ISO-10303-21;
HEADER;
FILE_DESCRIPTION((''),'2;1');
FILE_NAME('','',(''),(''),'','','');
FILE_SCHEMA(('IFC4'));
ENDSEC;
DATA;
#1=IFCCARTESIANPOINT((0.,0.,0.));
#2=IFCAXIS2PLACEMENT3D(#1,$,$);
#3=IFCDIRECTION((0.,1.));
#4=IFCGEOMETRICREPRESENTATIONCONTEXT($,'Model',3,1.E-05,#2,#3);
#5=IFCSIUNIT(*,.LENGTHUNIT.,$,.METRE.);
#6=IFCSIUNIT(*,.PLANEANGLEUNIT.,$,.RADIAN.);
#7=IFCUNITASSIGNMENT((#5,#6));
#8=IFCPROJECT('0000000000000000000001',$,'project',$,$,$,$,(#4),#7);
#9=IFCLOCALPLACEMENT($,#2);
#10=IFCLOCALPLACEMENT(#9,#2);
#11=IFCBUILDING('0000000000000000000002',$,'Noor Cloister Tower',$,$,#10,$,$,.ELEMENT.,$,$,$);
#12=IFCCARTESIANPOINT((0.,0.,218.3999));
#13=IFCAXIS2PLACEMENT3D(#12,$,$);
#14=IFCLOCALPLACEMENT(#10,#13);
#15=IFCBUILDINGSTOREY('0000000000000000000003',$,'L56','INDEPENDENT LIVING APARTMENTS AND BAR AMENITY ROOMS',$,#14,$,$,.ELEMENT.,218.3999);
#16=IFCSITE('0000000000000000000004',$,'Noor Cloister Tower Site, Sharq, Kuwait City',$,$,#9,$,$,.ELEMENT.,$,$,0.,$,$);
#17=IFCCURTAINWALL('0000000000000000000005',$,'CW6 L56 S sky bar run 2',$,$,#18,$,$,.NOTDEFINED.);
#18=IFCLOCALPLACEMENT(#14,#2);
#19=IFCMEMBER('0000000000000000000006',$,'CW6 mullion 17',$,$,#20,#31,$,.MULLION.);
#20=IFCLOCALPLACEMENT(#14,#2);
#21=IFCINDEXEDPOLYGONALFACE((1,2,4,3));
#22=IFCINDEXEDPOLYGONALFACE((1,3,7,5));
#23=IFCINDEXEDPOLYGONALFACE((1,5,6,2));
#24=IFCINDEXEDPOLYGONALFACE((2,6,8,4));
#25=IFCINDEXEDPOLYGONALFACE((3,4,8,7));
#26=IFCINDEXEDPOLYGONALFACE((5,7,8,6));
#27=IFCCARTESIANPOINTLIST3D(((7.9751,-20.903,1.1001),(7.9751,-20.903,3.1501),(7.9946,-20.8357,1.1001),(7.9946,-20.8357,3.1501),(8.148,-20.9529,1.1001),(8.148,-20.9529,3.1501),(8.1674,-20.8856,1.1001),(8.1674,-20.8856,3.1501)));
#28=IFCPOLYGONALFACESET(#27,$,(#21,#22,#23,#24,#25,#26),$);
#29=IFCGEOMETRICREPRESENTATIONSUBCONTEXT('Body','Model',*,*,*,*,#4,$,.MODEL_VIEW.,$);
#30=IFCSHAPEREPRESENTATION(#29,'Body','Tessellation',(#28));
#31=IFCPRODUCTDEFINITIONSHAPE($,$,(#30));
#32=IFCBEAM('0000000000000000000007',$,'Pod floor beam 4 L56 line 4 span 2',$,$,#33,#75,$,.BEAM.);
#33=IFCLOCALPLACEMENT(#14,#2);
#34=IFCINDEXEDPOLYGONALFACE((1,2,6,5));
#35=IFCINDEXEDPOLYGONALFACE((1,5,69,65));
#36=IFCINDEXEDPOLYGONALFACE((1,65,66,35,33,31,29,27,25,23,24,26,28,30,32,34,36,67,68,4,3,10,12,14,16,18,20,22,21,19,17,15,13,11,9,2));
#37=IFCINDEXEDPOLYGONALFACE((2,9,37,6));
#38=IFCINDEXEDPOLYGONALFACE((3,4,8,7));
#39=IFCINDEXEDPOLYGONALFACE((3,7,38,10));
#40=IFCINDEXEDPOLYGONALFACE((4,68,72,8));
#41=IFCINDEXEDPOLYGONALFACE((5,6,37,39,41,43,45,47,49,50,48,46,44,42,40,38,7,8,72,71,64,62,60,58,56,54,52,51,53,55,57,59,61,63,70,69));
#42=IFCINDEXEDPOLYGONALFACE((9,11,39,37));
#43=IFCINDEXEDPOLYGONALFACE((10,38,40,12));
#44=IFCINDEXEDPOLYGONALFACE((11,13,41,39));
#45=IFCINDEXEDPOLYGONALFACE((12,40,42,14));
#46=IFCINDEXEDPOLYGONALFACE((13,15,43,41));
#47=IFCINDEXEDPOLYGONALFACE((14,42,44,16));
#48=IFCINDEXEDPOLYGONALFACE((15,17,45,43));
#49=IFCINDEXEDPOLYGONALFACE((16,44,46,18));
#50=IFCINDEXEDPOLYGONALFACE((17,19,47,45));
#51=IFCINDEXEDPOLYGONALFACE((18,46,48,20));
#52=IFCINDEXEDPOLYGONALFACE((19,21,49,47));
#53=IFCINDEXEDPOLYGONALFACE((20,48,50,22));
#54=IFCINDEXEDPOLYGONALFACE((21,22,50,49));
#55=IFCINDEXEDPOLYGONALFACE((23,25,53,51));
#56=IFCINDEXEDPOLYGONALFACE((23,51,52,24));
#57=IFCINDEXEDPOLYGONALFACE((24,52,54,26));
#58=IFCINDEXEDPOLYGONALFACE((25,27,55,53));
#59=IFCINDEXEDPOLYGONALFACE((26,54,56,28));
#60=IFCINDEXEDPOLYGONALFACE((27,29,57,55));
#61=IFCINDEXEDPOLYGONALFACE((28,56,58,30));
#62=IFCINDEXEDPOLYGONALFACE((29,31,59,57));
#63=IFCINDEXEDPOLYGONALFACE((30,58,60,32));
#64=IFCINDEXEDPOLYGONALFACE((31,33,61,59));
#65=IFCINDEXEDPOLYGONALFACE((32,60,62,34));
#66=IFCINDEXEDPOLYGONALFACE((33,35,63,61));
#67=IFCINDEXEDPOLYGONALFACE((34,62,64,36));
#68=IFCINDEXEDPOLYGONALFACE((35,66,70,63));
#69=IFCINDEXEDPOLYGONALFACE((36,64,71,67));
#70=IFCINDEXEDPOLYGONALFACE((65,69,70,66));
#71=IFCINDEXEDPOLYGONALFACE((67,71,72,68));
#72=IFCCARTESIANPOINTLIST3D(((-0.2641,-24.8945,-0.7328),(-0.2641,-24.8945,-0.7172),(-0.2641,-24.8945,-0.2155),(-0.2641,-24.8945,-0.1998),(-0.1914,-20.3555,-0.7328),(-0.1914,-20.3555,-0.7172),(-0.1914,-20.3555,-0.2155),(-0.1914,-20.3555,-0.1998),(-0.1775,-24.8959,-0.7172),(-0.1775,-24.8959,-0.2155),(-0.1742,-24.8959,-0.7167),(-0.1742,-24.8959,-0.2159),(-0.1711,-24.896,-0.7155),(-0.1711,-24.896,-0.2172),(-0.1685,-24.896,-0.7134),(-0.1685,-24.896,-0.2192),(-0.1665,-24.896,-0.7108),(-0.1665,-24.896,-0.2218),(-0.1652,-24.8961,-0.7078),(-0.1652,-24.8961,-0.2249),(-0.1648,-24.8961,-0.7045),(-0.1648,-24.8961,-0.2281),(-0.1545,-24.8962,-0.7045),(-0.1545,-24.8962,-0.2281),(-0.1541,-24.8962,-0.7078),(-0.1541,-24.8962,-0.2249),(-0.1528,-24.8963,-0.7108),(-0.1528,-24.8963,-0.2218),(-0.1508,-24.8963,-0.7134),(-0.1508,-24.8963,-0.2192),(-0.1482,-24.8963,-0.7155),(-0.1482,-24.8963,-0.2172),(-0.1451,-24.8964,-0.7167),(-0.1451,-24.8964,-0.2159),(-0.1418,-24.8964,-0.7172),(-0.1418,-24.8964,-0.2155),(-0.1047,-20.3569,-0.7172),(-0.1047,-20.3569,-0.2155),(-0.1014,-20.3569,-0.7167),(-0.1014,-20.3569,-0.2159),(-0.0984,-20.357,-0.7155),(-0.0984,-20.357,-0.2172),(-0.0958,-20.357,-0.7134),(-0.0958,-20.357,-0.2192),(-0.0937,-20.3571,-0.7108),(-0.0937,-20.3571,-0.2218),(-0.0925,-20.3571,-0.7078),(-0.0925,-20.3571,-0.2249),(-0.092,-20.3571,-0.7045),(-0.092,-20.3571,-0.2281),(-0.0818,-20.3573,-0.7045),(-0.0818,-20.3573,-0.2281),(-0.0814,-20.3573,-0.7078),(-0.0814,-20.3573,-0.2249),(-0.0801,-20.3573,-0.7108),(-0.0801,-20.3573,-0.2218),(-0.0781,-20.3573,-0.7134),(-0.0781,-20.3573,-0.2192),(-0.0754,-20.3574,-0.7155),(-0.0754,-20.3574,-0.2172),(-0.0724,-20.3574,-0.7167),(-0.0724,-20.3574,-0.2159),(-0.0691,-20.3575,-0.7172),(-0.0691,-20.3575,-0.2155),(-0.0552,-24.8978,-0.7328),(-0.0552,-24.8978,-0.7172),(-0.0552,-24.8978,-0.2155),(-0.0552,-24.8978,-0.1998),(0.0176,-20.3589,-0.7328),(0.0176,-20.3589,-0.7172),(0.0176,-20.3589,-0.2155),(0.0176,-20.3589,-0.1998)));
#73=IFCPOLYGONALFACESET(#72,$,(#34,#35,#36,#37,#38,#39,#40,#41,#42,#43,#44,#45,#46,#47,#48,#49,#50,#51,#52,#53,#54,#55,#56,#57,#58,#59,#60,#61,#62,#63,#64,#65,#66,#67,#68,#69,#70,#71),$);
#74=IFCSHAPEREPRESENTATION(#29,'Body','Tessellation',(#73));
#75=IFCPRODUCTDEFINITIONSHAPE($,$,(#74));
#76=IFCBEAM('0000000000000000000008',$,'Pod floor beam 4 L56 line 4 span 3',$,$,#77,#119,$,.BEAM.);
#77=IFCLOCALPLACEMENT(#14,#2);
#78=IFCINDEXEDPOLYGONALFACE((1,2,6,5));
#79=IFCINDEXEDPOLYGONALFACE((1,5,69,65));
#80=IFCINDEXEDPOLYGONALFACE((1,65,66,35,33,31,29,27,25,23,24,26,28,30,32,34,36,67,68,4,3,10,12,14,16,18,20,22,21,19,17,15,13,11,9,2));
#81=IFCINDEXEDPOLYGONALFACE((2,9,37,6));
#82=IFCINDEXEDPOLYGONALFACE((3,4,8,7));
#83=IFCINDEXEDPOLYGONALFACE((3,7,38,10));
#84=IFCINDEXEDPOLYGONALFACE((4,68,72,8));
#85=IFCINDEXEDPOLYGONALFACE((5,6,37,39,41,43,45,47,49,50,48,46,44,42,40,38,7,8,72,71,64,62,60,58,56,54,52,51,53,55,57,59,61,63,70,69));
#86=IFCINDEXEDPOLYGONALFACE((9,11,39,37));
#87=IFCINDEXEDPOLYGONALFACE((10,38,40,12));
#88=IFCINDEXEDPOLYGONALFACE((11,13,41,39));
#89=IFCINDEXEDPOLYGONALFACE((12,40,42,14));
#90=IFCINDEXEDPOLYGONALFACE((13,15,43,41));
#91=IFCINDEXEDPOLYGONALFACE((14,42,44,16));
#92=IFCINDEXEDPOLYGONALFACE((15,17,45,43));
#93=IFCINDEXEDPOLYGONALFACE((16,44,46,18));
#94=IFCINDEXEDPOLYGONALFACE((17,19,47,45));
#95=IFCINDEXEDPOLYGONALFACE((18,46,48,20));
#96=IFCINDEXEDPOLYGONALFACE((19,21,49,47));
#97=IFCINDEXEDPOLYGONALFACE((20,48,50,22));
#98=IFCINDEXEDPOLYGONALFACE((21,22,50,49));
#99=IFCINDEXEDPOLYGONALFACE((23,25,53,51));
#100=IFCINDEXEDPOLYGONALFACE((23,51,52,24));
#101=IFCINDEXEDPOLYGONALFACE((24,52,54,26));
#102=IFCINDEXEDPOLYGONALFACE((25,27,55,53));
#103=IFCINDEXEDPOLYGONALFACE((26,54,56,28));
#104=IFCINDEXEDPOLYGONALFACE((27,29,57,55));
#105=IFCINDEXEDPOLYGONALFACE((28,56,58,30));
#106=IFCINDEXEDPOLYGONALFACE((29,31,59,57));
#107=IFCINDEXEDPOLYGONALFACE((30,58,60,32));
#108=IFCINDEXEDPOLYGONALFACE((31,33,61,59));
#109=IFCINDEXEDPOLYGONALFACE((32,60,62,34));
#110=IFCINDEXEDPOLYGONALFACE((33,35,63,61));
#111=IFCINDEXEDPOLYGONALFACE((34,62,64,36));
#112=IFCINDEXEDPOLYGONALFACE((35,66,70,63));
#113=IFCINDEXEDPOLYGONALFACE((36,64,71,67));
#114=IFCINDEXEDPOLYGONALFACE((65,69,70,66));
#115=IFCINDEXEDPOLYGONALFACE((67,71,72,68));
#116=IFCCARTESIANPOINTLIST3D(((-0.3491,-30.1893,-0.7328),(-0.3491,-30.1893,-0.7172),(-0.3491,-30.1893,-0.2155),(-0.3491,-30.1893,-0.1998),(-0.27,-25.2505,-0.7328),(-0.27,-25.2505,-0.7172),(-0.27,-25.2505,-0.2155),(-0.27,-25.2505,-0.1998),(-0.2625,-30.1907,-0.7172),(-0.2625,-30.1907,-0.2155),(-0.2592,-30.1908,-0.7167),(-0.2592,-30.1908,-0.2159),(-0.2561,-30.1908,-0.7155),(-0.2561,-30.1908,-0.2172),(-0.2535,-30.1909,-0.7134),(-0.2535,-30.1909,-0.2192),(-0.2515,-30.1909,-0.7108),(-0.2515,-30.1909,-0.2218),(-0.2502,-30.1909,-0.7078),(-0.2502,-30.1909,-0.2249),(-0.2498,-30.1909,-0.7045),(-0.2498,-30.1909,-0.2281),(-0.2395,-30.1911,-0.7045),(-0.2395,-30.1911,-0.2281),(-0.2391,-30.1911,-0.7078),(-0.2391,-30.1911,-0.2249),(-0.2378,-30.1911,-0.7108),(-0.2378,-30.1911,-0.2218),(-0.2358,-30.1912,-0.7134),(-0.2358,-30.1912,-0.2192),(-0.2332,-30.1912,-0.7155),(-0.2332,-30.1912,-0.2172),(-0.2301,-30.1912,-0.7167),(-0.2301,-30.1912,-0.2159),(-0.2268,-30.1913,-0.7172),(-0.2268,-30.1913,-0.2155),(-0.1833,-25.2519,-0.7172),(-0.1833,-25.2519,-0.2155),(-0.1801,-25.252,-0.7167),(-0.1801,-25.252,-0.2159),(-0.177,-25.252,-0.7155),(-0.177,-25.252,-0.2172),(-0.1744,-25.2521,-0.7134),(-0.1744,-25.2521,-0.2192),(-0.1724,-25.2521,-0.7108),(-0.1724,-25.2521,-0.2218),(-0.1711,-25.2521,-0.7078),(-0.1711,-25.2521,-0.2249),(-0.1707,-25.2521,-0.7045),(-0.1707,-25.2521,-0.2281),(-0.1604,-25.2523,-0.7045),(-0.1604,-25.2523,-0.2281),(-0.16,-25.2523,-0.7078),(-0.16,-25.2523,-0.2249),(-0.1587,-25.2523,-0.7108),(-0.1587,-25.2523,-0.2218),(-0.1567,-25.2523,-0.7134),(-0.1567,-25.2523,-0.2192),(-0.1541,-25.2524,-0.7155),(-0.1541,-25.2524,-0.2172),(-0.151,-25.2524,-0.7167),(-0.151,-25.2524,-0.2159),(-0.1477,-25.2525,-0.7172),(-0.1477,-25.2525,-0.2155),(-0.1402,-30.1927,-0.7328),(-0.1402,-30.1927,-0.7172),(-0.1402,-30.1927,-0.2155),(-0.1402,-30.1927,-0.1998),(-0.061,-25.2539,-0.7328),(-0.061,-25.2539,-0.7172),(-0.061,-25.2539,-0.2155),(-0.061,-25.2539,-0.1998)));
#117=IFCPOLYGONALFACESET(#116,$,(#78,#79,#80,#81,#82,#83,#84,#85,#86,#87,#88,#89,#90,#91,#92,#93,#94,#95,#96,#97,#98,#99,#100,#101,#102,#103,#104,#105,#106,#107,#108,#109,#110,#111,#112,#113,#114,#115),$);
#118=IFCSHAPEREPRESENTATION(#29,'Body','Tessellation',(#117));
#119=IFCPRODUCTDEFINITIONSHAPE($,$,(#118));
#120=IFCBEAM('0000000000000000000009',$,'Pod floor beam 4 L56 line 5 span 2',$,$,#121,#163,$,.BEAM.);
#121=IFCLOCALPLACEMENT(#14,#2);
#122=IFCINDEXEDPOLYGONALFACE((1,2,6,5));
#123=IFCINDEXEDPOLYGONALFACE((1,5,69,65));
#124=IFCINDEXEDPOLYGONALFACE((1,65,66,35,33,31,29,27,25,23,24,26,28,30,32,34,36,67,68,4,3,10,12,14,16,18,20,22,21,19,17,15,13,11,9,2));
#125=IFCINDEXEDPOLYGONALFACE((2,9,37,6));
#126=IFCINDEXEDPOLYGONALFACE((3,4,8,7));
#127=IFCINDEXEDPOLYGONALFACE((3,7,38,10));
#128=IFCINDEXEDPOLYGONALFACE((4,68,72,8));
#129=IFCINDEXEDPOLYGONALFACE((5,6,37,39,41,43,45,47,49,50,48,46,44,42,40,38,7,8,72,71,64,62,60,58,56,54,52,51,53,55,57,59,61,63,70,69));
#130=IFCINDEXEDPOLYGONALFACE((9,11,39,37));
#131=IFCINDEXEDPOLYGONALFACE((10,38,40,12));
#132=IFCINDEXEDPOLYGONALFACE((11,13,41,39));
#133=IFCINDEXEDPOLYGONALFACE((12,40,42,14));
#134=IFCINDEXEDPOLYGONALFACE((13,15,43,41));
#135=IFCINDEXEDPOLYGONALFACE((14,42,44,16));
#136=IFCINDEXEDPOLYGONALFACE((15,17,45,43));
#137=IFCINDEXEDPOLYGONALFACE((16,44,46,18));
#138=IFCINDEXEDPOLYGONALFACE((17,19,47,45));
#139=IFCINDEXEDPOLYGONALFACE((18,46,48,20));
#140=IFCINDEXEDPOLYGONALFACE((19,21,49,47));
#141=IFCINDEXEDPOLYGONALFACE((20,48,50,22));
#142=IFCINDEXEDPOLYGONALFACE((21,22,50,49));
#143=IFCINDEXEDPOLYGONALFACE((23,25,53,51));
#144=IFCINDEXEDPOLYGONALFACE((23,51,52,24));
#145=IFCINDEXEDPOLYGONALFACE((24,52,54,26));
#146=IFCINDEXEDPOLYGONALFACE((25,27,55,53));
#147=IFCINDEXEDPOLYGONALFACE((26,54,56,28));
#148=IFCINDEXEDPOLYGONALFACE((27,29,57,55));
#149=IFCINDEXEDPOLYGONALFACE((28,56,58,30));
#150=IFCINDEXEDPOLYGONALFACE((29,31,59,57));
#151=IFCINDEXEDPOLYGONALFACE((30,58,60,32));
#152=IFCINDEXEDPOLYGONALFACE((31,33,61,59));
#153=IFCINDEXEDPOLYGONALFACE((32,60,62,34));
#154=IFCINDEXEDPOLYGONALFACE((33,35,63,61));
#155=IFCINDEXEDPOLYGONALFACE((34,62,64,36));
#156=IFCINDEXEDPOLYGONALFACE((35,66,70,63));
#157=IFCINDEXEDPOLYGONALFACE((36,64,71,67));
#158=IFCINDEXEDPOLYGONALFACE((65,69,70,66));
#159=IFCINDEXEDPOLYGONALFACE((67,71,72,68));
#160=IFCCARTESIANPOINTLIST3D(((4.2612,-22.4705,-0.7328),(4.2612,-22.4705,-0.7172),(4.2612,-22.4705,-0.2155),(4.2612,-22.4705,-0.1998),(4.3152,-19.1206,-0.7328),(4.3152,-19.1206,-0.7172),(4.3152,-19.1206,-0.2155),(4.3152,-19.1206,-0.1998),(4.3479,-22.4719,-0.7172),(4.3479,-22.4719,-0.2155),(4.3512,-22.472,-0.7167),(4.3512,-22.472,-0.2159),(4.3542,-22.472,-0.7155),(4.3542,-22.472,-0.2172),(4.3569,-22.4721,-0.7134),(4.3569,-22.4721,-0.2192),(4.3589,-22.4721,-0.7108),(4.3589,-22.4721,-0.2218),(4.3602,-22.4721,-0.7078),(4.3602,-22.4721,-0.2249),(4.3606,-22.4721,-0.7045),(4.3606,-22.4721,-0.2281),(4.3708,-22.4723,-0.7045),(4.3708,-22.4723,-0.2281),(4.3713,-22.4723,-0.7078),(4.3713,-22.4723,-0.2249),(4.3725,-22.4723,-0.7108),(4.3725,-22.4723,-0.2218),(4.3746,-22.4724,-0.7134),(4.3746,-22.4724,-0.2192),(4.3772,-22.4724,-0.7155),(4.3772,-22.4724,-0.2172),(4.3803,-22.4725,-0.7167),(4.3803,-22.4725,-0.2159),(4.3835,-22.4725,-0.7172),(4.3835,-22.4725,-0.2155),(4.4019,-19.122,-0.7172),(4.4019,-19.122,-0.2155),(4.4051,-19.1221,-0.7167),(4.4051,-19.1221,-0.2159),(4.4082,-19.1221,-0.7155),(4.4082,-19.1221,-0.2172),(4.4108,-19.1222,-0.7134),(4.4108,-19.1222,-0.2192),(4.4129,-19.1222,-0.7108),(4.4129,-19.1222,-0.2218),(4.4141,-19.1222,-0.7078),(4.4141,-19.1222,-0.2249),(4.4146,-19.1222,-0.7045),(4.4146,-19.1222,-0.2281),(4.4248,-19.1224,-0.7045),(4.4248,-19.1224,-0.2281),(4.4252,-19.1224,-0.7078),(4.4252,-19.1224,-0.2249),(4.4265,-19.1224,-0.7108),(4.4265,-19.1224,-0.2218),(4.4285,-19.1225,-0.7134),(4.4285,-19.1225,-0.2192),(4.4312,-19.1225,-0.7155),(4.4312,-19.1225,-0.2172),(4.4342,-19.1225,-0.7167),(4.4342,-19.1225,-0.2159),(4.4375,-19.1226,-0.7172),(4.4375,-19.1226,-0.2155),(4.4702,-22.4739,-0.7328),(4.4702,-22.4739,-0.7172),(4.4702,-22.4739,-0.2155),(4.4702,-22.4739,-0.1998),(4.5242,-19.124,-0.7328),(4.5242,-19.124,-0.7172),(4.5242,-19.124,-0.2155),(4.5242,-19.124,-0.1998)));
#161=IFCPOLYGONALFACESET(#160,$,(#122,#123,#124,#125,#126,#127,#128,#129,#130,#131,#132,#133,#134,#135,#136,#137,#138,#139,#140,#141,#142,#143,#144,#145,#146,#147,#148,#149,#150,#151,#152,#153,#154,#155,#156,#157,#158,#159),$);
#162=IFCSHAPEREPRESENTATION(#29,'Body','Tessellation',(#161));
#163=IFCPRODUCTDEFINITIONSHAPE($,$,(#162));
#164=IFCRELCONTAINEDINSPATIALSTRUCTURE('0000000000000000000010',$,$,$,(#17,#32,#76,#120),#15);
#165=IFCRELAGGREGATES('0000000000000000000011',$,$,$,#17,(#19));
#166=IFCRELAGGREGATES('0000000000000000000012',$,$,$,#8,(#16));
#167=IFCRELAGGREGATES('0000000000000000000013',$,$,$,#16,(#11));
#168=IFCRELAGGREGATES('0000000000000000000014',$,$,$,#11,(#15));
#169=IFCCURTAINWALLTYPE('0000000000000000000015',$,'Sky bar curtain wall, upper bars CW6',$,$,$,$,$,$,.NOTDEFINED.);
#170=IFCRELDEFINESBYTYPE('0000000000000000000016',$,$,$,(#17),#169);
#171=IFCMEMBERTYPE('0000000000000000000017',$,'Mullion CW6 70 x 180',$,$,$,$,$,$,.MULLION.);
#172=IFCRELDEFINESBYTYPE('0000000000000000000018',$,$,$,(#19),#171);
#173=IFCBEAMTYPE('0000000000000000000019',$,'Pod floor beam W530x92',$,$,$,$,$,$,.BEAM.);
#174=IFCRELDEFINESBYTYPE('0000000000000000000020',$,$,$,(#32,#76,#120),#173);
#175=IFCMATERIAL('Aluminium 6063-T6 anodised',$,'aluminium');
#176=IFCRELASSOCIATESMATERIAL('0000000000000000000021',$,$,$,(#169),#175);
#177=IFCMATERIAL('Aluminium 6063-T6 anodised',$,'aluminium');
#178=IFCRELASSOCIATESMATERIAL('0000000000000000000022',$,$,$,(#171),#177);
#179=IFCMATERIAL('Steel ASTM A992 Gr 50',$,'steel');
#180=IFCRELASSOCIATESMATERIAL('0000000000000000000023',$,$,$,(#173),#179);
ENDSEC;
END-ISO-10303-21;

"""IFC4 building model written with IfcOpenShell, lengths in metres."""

from ifc_helpers import new_model, si_unit, direction, frame, origin, origin_2d, place, context, subcontext, project, spatial, rectangle, i_section, extrude, material, material_profile, profile_set, type_object, element, aggregate, save


model = new_model("IFC4")

# Units and contexts
model_context = context("Model", 3, precision=1e-05, world=origin(), true_north=direction((0.0, 1.0)))
body_context = subcontext(model_context, "Body", "Model", "MODEL_VIEW")
ifc_project = project(units=[si_unit("LENGTHUNIT", "METRE"), si_unit("PLANEANGLEUNIT", "RADIAN")], contexts=[model_context])

# Site, building, storey
site_placement = place(None, origin())
site = spatial("IfcSite", under=ifc_project, at=site_placement, Name="Noor Cloister Tower Site, Sharq, Kuwait City", CompositionType="ELEMENT", RefElevation=0.0)
building_placement = place(site_placement, origin())
building = spatial("IfcBuilding", under=site, at=building_placement, Name="Noor Cloister Tower", CompositionType="ELEMENT")
storey_placement = place(building_placement, frame((0.0, 0.0, 218.3999)))
storey = spatial("IfcBuildingStorey", under=building, at=storey_placement, Name="L56", Description="INDEPENDENT LIVING APARTMENTS AND BAR AMENITY ROOMS", CompositionType="ELEMENT", Elevation=218.3999)

# Curtain wall, member
ifc_material_1 = material(Name="Aluminium 6063-T6 anodised", Category="aluminium")
curtain_wall_type = type_object("IfcCurtainWallType", Name="Sky bar curtain wall, upper bars CW6", PredefinedType="NOTDEFINED", material=ifc_material_1)
curtain_wall_placement = place(storey_placement, origin())
curtain_wall = element("IfcCurtainWall", 1, at=curtain_wall_placement, inside=storey, type_object=curtain_wall_type, Name="CW6 L56 S sky bar run 2", PredefinedType="NOTDEFINED")
ifc_material_2 = material(Name="Aluminium 6063-T6 anodised", Category="aluminium")
ifc_material_profile_1 = material_profile(ifc_material_2, rectangle(XDim=0.1799, YDim=0.0701, at=origin_2d()), Name="180 x 70 mullion")
ifc_profile_set_1 = profile_set([ifc_material_profile_1], Name="Aluminium 6063-T6 anodised")
member_type = type_object("IfcMemberType", Name="Mullion CW6 70 x 180", PredefinedType="MULLION", material=ifc_profile_set_1)
member_1_placement = place(storey_placement, frame((8.0713, -20.8943, 1.1001), z_axis=(0.0, 0.0, 1.0), x_axis=(-0.960795, 0.277261, 0.0)))
member_1 = element("IfcMember", 2, at=member_1_placement, type_object=member_type, Name="CW6 mullion 17", PredefinedType="MULLION", context=body_context, shape_type="SweptSolid", body=[
    extrude(rectangle(XDim=0.1799, YDim=0.0701, at=origin_2d()), origin(), (0.0, 0.0, 1.0), 2.05),
])

# Beams
ifc_material_3 = material(Name="Steel ASTM A992 Gr 50", Category="steel")
ifc_material_profile_2 = material_profile(ifc_material_3, i_section(OverallWidth=0.209, OverallDepth=0.533, WebThickness=0.0103, FlangeThickness=0.0156, FilletRadius=0.0127, at=origin_2d()), Name="W530x92")
ifc_profile_set_2 = profile_set([ifc_material_profile_2], Name="Steel ASTM A992 Gr 50")
beam_type = type_object("IfcBeamType", Name="Pod floor beam W530x92", PredefinedType="BEAM", material=ifc_profile_set_2)
beam_1_placement = place(storey_placement, frame((-0.0869, -20.3572, -0.4663), z_axis=(-0.016026, -0.999872, 0.0), x_axis=(0.999872, -0.016026, 0.0)))
element("IfcBeam", 3, at=beam_1_placement, inside=storey, type_object=beam_type, Name="Pod floor beam 4 L56 line 4 span 2", PredefinedType="BEAM", context=body_context, shape_type="SweptSolid", body=[
    extrude(i_section(OverallWidth=0.209, OverallDepth=0.533, WebThickness=0.0103, FlangeThickness=0.0156, FilletRadius=0.0127, at=origin_2d()), origin(), (0.0, 0.0, 1.0), 4.5396),
])
beam_2_placement = place(storey_placement, frame((-0.1655, -25.2522, -0.4663), z_axis=(-0.016015, -0.999872, 0.0), x_axis=(0.999872, -0.016015, 0.0)))
element("IfcBeam", 4, at=beam_2_placement, inside=storey, type_object=beam_type, Name="Pod floor beam 4 L56 line 4 span 3", PredefinedType="BEAM", context=body_context, shape_type="SweptSolid", body=[
    extrude(i_section(OverallWidth=0.209, OverallDepth=0.533, WebThickness=0.0103, FlangeThickness=0.0156, FilletRadius=0.0127, at=origin_2d()), origin(), (0.0, 0.0, 1.0), 4.9395),
])
beam_3_placement = place(storey_placement, frame((4.4197, -19.1223, -0.4663), z_axis=(-0.016105, -0.99987, 0.0), x_axis=(0.99987, -0.016105, 0.0)))
element("IfcBeam", 5, at=beam_3_placement, inside=storey, type_object=beam_type, Name="Pod floor beam 4 L56 line 5 span 2", PredefinedType="BEAM", context=body_context, shape_type="SweptSolid", body=[
    extrude(i_section(OverallWidth=0.209, OverallDepth=0.533, WebThickness=0.0103, FlangeThickness=0.0156, FilletRadius=0.0127, at=origin_2d()), origin(), (0.0, 0.0, 1.0), 3.3503),
])

aggregate(curtain_wall, [member_1])

save(model, "model.ifc")
